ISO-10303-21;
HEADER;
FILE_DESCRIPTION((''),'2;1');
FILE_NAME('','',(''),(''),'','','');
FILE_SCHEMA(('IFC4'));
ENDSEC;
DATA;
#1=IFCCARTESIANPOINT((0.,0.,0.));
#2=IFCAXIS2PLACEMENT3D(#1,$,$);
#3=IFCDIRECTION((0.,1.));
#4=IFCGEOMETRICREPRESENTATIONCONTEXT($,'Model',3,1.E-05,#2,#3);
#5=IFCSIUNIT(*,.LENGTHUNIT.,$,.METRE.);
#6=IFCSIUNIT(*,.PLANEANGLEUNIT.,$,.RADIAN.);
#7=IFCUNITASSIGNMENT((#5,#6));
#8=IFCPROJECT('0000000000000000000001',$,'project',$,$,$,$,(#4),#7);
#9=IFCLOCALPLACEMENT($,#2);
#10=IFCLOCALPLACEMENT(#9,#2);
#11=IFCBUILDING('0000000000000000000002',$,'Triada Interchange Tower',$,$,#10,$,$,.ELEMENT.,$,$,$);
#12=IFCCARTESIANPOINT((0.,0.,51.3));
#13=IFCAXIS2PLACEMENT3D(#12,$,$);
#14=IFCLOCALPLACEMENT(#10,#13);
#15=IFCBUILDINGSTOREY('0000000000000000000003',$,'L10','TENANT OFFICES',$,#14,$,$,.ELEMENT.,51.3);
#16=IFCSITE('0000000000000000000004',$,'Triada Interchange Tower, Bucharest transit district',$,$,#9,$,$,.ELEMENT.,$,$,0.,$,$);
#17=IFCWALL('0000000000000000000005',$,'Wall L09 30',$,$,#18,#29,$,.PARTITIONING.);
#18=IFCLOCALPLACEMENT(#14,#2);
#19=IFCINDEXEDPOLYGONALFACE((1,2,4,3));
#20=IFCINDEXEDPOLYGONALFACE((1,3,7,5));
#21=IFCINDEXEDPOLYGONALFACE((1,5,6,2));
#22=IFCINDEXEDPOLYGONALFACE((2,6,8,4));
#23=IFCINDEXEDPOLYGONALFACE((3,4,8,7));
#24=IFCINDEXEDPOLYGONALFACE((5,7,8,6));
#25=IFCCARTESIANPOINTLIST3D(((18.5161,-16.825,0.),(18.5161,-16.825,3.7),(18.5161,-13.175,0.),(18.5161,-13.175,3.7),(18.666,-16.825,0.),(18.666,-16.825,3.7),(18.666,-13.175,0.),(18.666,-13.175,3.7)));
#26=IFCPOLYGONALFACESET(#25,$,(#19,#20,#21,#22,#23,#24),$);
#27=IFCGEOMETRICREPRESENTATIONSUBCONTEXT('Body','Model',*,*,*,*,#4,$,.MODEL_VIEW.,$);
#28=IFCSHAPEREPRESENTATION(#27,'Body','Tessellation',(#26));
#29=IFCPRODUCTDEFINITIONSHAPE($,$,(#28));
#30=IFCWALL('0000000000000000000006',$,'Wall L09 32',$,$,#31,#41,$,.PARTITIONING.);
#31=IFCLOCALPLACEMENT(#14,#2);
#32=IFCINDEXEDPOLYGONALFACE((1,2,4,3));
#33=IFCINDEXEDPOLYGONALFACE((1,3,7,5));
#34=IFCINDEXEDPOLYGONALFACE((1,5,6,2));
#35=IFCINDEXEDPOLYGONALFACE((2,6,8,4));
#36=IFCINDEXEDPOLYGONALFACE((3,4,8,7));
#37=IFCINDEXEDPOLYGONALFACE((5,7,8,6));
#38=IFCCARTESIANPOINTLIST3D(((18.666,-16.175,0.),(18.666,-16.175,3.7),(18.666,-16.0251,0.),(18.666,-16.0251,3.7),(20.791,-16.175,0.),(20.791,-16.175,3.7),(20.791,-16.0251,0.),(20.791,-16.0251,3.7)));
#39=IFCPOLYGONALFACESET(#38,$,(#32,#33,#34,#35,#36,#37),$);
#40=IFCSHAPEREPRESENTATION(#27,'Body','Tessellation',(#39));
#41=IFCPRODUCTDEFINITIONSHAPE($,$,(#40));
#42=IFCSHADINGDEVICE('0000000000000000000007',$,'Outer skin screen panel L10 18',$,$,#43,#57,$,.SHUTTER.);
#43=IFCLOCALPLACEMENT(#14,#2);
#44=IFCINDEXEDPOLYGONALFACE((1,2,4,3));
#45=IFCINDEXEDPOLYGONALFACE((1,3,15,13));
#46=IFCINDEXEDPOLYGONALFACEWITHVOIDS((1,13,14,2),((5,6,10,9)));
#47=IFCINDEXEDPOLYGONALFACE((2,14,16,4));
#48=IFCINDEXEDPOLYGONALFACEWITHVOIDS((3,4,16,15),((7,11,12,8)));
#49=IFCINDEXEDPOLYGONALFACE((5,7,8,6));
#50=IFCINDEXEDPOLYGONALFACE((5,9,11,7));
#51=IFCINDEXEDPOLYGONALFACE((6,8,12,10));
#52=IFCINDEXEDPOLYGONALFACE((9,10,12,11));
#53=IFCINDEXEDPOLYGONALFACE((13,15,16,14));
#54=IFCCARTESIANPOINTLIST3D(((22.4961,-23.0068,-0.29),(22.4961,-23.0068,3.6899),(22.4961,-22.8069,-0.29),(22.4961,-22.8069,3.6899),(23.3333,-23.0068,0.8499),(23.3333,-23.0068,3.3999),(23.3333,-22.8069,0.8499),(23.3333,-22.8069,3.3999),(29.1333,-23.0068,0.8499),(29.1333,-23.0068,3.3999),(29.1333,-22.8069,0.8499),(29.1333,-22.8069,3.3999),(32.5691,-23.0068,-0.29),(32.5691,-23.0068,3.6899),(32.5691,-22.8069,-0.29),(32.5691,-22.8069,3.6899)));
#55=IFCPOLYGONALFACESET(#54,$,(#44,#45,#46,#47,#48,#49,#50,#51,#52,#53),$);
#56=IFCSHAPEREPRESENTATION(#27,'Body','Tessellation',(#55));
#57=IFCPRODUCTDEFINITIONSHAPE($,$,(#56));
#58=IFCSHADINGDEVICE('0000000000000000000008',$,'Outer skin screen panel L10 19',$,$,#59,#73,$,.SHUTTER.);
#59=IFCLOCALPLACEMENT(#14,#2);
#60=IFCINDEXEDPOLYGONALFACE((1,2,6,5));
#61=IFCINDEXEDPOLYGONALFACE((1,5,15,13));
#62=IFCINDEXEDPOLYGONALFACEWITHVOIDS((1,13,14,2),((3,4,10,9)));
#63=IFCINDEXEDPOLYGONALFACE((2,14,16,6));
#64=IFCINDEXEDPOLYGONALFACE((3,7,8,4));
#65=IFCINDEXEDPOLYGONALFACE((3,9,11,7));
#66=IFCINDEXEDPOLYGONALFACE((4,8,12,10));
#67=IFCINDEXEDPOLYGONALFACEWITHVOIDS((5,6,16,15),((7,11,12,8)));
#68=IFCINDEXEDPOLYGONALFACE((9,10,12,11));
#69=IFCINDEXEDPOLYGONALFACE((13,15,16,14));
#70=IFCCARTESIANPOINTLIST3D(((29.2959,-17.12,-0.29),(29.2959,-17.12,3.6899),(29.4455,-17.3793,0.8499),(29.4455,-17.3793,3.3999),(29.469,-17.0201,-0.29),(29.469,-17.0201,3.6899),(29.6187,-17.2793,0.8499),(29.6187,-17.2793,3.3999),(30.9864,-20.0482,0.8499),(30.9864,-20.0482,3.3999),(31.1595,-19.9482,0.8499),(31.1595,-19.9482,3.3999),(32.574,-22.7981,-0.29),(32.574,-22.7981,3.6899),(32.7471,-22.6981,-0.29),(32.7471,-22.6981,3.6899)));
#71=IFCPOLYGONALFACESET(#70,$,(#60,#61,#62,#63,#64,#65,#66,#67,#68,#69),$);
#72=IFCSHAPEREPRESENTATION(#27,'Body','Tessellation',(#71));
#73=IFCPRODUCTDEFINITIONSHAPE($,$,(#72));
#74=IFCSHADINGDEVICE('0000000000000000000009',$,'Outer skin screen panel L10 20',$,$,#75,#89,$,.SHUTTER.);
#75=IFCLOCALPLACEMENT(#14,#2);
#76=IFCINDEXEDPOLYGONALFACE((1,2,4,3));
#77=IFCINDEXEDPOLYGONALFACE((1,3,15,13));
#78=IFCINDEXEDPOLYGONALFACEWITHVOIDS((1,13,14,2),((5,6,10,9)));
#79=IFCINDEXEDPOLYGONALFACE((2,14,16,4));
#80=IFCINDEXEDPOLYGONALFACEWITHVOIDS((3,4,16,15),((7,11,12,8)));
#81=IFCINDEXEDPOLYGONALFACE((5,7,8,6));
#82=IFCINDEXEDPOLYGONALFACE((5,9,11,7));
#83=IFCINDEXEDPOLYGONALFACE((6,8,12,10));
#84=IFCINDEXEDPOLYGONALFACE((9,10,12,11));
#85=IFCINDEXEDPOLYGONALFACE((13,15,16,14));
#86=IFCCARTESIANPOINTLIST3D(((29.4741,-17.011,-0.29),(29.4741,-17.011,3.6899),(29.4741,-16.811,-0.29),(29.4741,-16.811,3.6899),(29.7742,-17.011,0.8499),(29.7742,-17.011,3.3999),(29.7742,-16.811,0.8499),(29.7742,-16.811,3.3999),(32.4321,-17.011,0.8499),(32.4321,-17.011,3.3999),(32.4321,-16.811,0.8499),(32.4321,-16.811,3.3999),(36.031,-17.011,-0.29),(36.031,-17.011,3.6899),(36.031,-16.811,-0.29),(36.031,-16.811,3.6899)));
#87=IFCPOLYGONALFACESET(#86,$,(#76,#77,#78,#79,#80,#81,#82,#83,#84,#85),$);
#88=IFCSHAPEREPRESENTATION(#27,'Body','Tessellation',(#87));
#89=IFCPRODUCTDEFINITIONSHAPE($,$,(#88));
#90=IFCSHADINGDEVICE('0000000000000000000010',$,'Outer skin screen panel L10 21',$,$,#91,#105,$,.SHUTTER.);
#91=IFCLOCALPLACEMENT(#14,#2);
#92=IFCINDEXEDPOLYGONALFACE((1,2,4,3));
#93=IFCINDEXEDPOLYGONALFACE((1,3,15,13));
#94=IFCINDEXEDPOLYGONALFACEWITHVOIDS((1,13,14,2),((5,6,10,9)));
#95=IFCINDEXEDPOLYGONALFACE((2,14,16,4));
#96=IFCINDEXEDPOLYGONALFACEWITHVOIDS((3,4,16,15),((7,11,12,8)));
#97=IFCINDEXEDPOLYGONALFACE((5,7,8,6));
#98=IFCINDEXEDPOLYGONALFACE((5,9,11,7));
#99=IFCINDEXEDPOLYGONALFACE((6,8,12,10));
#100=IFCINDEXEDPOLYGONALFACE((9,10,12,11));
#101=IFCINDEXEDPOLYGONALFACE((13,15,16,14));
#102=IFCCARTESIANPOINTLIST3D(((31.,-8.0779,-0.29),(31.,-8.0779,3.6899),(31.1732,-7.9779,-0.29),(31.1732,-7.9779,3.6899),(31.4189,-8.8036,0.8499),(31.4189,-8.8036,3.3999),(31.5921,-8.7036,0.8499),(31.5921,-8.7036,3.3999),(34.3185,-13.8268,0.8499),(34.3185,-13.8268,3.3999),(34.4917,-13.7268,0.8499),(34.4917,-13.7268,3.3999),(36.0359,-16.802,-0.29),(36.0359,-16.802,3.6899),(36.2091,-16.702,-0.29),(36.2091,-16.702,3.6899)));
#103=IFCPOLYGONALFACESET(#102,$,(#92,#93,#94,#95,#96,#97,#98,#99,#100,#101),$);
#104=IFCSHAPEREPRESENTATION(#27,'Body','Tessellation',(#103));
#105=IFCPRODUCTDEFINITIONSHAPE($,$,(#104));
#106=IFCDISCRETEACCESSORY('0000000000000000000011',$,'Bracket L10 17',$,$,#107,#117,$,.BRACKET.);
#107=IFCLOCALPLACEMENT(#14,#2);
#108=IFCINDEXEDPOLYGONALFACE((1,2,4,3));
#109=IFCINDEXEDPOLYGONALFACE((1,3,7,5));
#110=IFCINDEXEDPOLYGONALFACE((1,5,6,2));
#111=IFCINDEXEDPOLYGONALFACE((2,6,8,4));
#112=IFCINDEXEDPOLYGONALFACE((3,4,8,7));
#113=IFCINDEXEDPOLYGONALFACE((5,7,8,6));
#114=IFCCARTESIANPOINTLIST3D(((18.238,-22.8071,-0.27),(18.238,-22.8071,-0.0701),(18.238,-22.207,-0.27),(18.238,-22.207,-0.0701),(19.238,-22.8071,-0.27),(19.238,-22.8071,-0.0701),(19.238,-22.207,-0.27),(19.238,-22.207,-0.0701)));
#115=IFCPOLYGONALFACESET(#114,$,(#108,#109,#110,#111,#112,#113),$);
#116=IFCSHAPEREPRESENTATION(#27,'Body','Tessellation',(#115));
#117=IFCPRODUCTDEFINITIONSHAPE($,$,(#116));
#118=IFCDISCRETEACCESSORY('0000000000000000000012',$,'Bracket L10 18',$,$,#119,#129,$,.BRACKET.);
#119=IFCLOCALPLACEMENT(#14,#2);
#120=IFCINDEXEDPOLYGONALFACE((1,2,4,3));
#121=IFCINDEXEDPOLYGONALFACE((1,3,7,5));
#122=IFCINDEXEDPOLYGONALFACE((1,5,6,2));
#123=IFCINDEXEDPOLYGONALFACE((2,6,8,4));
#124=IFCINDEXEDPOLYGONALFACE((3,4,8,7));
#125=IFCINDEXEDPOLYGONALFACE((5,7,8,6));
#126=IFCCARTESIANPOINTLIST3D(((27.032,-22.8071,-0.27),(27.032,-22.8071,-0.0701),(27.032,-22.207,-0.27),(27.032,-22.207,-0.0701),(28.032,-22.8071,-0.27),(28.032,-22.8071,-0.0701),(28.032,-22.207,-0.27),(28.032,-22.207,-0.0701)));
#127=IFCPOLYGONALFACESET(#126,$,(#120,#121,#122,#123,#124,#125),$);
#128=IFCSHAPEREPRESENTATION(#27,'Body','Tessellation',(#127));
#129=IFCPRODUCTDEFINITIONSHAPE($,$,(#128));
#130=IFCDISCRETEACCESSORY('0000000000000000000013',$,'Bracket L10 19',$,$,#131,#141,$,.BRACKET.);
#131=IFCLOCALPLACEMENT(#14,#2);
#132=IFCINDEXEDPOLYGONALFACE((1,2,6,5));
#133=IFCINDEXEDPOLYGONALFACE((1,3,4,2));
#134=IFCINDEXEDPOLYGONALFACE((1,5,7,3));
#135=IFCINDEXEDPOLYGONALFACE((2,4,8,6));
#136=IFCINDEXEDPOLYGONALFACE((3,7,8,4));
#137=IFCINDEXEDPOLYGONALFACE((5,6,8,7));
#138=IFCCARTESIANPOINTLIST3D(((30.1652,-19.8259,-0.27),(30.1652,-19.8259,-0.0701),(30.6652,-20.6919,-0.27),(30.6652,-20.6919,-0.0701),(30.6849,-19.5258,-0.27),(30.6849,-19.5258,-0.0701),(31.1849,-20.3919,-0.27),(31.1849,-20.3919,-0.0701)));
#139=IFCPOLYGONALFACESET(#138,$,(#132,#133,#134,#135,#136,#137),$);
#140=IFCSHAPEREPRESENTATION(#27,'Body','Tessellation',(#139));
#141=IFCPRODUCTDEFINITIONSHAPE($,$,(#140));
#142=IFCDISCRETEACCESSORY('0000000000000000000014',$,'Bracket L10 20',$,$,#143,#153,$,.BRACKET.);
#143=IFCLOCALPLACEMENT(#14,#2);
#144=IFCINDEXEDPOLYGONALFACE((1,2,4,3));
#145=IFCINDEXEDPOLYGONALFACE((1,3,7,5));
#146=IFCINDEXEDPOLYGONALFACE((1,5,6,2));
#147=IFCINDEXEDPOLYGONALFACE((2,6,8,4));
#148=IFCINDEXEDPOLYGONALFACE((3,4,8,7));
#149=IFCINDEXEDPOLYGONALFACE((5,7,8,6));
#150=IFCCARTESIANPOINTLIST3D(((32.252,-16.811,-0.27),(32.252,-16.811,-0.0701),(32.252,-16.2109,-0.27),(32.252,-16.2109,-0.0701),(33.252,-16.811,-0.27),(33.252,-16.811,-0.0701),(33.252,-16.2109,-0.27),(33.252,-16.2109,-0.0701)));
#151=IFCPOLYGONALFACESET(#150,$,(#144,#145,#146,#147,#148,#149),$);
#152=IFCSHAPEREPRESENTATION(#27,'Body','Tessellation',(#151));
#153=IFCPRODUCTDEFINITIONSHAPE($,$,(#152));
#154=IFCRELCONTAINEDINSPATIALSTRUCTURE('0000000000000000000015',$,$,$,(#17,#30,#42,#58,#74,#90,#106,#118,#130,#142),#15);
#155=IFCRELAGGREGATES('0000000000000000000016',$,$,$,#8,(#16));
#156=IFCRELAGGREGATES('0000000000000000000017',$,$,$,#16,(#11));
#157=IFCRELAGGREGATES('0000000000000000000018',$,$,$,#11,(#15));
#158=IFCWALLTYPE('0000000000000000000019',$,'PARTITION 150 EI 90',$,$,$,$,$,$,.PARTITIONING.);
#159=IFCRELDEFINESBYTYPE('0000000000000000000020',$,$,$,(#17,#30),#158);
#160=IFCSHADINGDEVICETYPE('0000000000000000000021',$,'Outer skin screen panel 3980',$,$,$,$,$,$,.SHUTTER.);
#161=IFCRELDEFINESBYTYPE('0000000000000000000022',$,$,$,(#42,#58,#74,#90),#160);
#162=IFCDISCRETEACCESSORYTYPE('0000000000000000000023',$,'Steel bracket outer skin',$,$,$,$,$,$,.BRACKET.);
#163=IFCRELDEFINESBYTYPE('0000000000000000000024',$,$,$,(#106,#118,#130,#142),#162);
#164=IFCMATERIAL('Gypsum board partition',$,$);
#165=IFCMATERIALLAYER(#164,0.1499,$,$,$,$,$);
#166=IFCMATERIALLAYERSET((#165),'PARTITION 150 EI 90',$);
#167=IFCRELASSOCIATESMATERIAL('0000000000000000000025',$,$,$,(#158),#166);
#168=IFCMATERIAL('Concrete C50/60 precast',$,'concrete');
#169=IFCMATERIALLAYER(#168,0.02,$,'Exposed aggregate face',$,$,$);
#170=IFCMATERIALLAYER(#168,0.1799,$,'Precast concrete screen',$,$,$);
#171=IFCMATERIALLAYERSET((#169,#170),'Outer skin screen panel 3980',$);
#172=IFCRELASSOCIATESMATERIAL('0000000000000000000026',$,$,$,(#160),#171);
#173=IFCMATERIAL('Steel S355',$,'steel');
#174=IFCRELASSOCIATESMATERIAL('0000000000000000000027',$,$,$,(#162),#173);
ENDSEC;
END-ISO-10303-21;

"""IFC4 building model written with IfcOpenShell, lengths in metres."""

from ifc_helpers import new_model, si_unit, direction, frame, frame_2d, origin, origin_2d, place, context, subcontext, project, spatial, polyline, rectangle, outline, extrude, material, layer, layer_set, type_object, element, save


model = new_model("IFC4")

# Units and contexts
model_context = context("Model", 3, precision=1e-05, world=origin(), true_north=direction((0.0, 1.0)))
body_context = subcontext(model_context, "Body", "Model", "MODEL_VIEW")
ifc_project = project(units=[si_unit("LENGTHUNIT", "METRE"), si_unit("PLANEANGLEUNIT", "RADIAN")], contexts=[model_context])

# Site, building, storey
site_placement = place(None, origin())
site = spatial("IfcSite", under=ifc_project, at=site_placement, Name="Triada Interchange Tower, Bucharest transit district", CompositionType="ELEMENT", RefElevation=0.0)
building_placement = place(site_placement, origin())
building = spatial("IfcBuilding", under=site, at=building_placement, Name="Triada Interchange Tower", CompositionType="ELEMENT")
storey_placement = place(building_placement, frame((0.0, 0.0, 51.3)))
storey = spatial("IfcBuildingStorey", under=building, at=storey_placement, Name="L10", Description="TENANT OFFICES", CompositionType="ELEMENT", Elevation=51.3)

# Walls
ifc_material_1 = material(Name="Gypsum board partition")
ifc_layer_1 = layer(ifc_material_1, 0.1499)
ifc_layer_set_1 = layer_set([ifc_layer_1], Name="PARTITION 150 EI 90")
wall_type_1 = type_object("IfcWallType", Name="PARTITION 150 EI 90", PredefinedType="PARTITIONING", material=ifc_layer_set_1)
wall_1_placement = place(storey_placement, frame((18.5911, -16.825, 0.0), z_axis=(0.0, 0.0, 1.0), x_axis=(0.0, 1.0, 0.0)))
element("IfcWall", 1, at=wall_1_placement, inside=storey, type_object=wall_type_1, Name="Wall L09 30", PredefinedType="PARTITIONING", context=body_context, shape_type="SweptSolid", body=[
    extrude(rectangle(XDim=3.6499, YDim=0.1499, at=frame_2d((1.825, 0.0))), origin(), (0.0, 0.0, 1.0), 3.7),
])
wall_2_placement = place(storey_placement, frame((18.666, -16.1001, 0.0), z_axis=(0.0, 0.0, 1.0), x_axis=(1.0, 0.0, 0.0)))
element("IfcWall", 2, at=wall_2_placement, inside=storey, type_object=wall_type_1, Name="Wall L09 32", PredefinedType="PARTITIONING", context=body_context, shape_type="SweptSolid", body=[
    extrude(rectangle(XDim=2.125, YDim=0.1499, at=frame_2d((1.0625, 0.0))), origin(), (0.0, 0.0, 1.0), 3.7),
])

# Shading devices
ifc_material_2 = material(Name="Concrete C50/60 precast", Category="concrete")
ifc_layer_2 = layer(ifc_material_2, 0.02, Name="Exposed aggregate face")
ifc_layer_3 = layer(ifc_material_2, 0.1799, Name="Precast concrete screen")
ifc_layer_set_2 = layer_set([ifc_layer_2, ifc_layer_3], Name="Outer skin screen panel 3980")
shading_device_type = type_object("IfcShadingDeviceType", Name="Outer skin screen panel 3980", PredefinedType="SHUTTER", material=ifc_layer_set_2)
shading_device_1_placement = place(storey_placement, frame((22.4961, -22.8069, -0.29), z_axis=(0.0, 0.0, 1.0), x_axis=(1.0, 0.0, 0.0)))
element("IfcShadingDevice", 3, at=shading_device_1_placement, inside=storey, type_object=shading_device_type, Name="Outer skin screen panel L10 18", PredefinedType="SHUTTER", context=body_context, shape_type="SweptSolid", body=[
    extrude(outline(polyline([(0.0, 0.0), (10.073, 0.0), (10.073, 3.98), (0.0, 3.98), (0.0, 0.0)]), holes=[polyline([(0.8372, 1.1399), (0.8372, 3.6899), (6.6372, 3.6899), (6.6372, 1.1399), (0.8372, 1.1399)])]), frame((0.0, 0.0, 0.0), z_axis=(0.0, -1.0, 0.0), x_axis=(1.0, 0.0, 0.0)), (0.0, 0.0, 1.0), 0.2),
])
shading_device_2_placement = place(storey_placement, frame((32.574, -22.7981, -0.29), z_axis=(0.0, 0.0, 1.0), x_axis=(-0.499988, 0.866032, 0.0)))
element("IfcShadingDevice", 4, at=shading_device_2_placement, inside=storey, type_object=shading_device_type, Name="Outer skin screen panel L10 19", PredefinedType="SHUTTER", context=body_context, shape_type="SweptSolid", body=[
    extrude(outline(polyline([(0.0, 0.0), (6.5564, 0.0), (6.5564, 3.98), (0.0, 3.98), (0.0, 0.0)]), holes=[polyline([(3.1753, 1.1399), (3.1753, 3.6899), (6.2571, 3.6899), (6.2571, 1.1399), (3.1753, 1.1399)])]), frame((0.0, 0.0, 0.0), z_axis=(0.0, -1.0, 0.0), x_axis=(1.0, 0.0, 0.0)), (0.0, 0.0, 1.0), 0.2),
])
shading_device_3_placement = place(storey_placement, frame((29.4741, -16.811, -0.29), z_axis=(0.0, 0.0, 1.0), x_axis=(1.0, 0.0, 0.0)))
element("IfcShadingDevice", 5, at=shading_device_3_placement, inside=storey, type_object=shading_device_type, Name="Outer skin screen panel L10 20", PredefinedType="SHUTTER", context=body_context, shape_type="SweptSolid", body=[
    extrude(outline(polyline([(0.0, 0.0), (6.5569, 0.0), (6.5569, 3.98), (0.0, 3.98), (0.0, 0.0)]), holes=[polyline([(0.3, 1.1399), (0.3, 3.6899), (2.958, 3.6899), (2.958, 1.1399), (0.3, 1.1399)])]), frame((0.0, 0.0, 0.0), z_axis=(0.0, -1.0, 0.0), x_axis=(1.0, 0.0, 0.0)), (0.0, 0.0, 1.0), 0.2),
])
shading_device_4_placement = place(storey_placement, frame((36.0359, -16.802, -0.29), z_axis=(0.0, 0.0, 1.0), x_axis=(-0.499927, 0.866068, 0.0)))
element("IfcShadingDevice", 6, at=shading_device_4_placement, inside=storey, type_object=shading_device_type, Name="Outer skin screen panel L10 21", PredefinedType="SHUTTER", context=body_context, shape_type="SweptSolid", body=[
    extrude(outline(polyline([(0.0, 0.0), (10.0732, 0.0), (10.0732, 3.98), (0.0, 3.98), (0.0, 0.0)]), holes=[polyline([(3.4353, 1.1399), (3.4353, 3.6899), (9.2354, 3.6899), (9.2354, 1.1399), (3.4353, 1.1399)])]), frame((0.0, 0.0, 0.0), z_axis=(0.0, -1.0, 0.0), x_axis=(1.0, 0.0, 0.0)), (0.0, 0.0, 1.0), 0.2),
])

# Discrete accessories
ifc_material_3 = material(Name="Steel S355", Category="steel")
discrete_accessory_type = type_object("IfcDiscreteAccessoryType", Name="Steel bracket outer skin", PredefinedType="BRACKET", material=ifc_material_3)
for number, where, z_axis, x_axis, name in (
    (7, (18.738, -22.5071, -0.27), (0.0, 0.0, 1.0), (0.0, -1.0, 0.0), "Bracket L10 17"),
    (8, (27.532, -22.5071, -0.27), (0.0, 0.0, 1.0), (0.0, -1.0, 0.0), "Bracket L10 18"),
    (9, (30.675, -20.1089, -0.27), (0.0, 0.0, 1.0), (0.866012, 0.500023, 0.0), "Bracket L10 19"),
    (10, (32.752, -16.511, -0.27), (0.0, 0.0, 1.0), (0.0, -1.0, 0.0), "Bracket L10 20"),
):
    element("IfcDiscreteAccessory", number, at=place(storey_placement, frame(where, z_axis=z_axis, x_axis=x_axis)), inside=storey, type_object=discrete_accessory_type, Name=name, PredefinedType="BRACKET", context=body_context, shape_type="SweptSolid", body=[
        extrude(rectangle(XDim=0.6001, YDim=1.0, at=origin_2d()), origin(), (0.0, 0.0, 1.0), 0.2),
    ])

save(model, "model.ifc")
